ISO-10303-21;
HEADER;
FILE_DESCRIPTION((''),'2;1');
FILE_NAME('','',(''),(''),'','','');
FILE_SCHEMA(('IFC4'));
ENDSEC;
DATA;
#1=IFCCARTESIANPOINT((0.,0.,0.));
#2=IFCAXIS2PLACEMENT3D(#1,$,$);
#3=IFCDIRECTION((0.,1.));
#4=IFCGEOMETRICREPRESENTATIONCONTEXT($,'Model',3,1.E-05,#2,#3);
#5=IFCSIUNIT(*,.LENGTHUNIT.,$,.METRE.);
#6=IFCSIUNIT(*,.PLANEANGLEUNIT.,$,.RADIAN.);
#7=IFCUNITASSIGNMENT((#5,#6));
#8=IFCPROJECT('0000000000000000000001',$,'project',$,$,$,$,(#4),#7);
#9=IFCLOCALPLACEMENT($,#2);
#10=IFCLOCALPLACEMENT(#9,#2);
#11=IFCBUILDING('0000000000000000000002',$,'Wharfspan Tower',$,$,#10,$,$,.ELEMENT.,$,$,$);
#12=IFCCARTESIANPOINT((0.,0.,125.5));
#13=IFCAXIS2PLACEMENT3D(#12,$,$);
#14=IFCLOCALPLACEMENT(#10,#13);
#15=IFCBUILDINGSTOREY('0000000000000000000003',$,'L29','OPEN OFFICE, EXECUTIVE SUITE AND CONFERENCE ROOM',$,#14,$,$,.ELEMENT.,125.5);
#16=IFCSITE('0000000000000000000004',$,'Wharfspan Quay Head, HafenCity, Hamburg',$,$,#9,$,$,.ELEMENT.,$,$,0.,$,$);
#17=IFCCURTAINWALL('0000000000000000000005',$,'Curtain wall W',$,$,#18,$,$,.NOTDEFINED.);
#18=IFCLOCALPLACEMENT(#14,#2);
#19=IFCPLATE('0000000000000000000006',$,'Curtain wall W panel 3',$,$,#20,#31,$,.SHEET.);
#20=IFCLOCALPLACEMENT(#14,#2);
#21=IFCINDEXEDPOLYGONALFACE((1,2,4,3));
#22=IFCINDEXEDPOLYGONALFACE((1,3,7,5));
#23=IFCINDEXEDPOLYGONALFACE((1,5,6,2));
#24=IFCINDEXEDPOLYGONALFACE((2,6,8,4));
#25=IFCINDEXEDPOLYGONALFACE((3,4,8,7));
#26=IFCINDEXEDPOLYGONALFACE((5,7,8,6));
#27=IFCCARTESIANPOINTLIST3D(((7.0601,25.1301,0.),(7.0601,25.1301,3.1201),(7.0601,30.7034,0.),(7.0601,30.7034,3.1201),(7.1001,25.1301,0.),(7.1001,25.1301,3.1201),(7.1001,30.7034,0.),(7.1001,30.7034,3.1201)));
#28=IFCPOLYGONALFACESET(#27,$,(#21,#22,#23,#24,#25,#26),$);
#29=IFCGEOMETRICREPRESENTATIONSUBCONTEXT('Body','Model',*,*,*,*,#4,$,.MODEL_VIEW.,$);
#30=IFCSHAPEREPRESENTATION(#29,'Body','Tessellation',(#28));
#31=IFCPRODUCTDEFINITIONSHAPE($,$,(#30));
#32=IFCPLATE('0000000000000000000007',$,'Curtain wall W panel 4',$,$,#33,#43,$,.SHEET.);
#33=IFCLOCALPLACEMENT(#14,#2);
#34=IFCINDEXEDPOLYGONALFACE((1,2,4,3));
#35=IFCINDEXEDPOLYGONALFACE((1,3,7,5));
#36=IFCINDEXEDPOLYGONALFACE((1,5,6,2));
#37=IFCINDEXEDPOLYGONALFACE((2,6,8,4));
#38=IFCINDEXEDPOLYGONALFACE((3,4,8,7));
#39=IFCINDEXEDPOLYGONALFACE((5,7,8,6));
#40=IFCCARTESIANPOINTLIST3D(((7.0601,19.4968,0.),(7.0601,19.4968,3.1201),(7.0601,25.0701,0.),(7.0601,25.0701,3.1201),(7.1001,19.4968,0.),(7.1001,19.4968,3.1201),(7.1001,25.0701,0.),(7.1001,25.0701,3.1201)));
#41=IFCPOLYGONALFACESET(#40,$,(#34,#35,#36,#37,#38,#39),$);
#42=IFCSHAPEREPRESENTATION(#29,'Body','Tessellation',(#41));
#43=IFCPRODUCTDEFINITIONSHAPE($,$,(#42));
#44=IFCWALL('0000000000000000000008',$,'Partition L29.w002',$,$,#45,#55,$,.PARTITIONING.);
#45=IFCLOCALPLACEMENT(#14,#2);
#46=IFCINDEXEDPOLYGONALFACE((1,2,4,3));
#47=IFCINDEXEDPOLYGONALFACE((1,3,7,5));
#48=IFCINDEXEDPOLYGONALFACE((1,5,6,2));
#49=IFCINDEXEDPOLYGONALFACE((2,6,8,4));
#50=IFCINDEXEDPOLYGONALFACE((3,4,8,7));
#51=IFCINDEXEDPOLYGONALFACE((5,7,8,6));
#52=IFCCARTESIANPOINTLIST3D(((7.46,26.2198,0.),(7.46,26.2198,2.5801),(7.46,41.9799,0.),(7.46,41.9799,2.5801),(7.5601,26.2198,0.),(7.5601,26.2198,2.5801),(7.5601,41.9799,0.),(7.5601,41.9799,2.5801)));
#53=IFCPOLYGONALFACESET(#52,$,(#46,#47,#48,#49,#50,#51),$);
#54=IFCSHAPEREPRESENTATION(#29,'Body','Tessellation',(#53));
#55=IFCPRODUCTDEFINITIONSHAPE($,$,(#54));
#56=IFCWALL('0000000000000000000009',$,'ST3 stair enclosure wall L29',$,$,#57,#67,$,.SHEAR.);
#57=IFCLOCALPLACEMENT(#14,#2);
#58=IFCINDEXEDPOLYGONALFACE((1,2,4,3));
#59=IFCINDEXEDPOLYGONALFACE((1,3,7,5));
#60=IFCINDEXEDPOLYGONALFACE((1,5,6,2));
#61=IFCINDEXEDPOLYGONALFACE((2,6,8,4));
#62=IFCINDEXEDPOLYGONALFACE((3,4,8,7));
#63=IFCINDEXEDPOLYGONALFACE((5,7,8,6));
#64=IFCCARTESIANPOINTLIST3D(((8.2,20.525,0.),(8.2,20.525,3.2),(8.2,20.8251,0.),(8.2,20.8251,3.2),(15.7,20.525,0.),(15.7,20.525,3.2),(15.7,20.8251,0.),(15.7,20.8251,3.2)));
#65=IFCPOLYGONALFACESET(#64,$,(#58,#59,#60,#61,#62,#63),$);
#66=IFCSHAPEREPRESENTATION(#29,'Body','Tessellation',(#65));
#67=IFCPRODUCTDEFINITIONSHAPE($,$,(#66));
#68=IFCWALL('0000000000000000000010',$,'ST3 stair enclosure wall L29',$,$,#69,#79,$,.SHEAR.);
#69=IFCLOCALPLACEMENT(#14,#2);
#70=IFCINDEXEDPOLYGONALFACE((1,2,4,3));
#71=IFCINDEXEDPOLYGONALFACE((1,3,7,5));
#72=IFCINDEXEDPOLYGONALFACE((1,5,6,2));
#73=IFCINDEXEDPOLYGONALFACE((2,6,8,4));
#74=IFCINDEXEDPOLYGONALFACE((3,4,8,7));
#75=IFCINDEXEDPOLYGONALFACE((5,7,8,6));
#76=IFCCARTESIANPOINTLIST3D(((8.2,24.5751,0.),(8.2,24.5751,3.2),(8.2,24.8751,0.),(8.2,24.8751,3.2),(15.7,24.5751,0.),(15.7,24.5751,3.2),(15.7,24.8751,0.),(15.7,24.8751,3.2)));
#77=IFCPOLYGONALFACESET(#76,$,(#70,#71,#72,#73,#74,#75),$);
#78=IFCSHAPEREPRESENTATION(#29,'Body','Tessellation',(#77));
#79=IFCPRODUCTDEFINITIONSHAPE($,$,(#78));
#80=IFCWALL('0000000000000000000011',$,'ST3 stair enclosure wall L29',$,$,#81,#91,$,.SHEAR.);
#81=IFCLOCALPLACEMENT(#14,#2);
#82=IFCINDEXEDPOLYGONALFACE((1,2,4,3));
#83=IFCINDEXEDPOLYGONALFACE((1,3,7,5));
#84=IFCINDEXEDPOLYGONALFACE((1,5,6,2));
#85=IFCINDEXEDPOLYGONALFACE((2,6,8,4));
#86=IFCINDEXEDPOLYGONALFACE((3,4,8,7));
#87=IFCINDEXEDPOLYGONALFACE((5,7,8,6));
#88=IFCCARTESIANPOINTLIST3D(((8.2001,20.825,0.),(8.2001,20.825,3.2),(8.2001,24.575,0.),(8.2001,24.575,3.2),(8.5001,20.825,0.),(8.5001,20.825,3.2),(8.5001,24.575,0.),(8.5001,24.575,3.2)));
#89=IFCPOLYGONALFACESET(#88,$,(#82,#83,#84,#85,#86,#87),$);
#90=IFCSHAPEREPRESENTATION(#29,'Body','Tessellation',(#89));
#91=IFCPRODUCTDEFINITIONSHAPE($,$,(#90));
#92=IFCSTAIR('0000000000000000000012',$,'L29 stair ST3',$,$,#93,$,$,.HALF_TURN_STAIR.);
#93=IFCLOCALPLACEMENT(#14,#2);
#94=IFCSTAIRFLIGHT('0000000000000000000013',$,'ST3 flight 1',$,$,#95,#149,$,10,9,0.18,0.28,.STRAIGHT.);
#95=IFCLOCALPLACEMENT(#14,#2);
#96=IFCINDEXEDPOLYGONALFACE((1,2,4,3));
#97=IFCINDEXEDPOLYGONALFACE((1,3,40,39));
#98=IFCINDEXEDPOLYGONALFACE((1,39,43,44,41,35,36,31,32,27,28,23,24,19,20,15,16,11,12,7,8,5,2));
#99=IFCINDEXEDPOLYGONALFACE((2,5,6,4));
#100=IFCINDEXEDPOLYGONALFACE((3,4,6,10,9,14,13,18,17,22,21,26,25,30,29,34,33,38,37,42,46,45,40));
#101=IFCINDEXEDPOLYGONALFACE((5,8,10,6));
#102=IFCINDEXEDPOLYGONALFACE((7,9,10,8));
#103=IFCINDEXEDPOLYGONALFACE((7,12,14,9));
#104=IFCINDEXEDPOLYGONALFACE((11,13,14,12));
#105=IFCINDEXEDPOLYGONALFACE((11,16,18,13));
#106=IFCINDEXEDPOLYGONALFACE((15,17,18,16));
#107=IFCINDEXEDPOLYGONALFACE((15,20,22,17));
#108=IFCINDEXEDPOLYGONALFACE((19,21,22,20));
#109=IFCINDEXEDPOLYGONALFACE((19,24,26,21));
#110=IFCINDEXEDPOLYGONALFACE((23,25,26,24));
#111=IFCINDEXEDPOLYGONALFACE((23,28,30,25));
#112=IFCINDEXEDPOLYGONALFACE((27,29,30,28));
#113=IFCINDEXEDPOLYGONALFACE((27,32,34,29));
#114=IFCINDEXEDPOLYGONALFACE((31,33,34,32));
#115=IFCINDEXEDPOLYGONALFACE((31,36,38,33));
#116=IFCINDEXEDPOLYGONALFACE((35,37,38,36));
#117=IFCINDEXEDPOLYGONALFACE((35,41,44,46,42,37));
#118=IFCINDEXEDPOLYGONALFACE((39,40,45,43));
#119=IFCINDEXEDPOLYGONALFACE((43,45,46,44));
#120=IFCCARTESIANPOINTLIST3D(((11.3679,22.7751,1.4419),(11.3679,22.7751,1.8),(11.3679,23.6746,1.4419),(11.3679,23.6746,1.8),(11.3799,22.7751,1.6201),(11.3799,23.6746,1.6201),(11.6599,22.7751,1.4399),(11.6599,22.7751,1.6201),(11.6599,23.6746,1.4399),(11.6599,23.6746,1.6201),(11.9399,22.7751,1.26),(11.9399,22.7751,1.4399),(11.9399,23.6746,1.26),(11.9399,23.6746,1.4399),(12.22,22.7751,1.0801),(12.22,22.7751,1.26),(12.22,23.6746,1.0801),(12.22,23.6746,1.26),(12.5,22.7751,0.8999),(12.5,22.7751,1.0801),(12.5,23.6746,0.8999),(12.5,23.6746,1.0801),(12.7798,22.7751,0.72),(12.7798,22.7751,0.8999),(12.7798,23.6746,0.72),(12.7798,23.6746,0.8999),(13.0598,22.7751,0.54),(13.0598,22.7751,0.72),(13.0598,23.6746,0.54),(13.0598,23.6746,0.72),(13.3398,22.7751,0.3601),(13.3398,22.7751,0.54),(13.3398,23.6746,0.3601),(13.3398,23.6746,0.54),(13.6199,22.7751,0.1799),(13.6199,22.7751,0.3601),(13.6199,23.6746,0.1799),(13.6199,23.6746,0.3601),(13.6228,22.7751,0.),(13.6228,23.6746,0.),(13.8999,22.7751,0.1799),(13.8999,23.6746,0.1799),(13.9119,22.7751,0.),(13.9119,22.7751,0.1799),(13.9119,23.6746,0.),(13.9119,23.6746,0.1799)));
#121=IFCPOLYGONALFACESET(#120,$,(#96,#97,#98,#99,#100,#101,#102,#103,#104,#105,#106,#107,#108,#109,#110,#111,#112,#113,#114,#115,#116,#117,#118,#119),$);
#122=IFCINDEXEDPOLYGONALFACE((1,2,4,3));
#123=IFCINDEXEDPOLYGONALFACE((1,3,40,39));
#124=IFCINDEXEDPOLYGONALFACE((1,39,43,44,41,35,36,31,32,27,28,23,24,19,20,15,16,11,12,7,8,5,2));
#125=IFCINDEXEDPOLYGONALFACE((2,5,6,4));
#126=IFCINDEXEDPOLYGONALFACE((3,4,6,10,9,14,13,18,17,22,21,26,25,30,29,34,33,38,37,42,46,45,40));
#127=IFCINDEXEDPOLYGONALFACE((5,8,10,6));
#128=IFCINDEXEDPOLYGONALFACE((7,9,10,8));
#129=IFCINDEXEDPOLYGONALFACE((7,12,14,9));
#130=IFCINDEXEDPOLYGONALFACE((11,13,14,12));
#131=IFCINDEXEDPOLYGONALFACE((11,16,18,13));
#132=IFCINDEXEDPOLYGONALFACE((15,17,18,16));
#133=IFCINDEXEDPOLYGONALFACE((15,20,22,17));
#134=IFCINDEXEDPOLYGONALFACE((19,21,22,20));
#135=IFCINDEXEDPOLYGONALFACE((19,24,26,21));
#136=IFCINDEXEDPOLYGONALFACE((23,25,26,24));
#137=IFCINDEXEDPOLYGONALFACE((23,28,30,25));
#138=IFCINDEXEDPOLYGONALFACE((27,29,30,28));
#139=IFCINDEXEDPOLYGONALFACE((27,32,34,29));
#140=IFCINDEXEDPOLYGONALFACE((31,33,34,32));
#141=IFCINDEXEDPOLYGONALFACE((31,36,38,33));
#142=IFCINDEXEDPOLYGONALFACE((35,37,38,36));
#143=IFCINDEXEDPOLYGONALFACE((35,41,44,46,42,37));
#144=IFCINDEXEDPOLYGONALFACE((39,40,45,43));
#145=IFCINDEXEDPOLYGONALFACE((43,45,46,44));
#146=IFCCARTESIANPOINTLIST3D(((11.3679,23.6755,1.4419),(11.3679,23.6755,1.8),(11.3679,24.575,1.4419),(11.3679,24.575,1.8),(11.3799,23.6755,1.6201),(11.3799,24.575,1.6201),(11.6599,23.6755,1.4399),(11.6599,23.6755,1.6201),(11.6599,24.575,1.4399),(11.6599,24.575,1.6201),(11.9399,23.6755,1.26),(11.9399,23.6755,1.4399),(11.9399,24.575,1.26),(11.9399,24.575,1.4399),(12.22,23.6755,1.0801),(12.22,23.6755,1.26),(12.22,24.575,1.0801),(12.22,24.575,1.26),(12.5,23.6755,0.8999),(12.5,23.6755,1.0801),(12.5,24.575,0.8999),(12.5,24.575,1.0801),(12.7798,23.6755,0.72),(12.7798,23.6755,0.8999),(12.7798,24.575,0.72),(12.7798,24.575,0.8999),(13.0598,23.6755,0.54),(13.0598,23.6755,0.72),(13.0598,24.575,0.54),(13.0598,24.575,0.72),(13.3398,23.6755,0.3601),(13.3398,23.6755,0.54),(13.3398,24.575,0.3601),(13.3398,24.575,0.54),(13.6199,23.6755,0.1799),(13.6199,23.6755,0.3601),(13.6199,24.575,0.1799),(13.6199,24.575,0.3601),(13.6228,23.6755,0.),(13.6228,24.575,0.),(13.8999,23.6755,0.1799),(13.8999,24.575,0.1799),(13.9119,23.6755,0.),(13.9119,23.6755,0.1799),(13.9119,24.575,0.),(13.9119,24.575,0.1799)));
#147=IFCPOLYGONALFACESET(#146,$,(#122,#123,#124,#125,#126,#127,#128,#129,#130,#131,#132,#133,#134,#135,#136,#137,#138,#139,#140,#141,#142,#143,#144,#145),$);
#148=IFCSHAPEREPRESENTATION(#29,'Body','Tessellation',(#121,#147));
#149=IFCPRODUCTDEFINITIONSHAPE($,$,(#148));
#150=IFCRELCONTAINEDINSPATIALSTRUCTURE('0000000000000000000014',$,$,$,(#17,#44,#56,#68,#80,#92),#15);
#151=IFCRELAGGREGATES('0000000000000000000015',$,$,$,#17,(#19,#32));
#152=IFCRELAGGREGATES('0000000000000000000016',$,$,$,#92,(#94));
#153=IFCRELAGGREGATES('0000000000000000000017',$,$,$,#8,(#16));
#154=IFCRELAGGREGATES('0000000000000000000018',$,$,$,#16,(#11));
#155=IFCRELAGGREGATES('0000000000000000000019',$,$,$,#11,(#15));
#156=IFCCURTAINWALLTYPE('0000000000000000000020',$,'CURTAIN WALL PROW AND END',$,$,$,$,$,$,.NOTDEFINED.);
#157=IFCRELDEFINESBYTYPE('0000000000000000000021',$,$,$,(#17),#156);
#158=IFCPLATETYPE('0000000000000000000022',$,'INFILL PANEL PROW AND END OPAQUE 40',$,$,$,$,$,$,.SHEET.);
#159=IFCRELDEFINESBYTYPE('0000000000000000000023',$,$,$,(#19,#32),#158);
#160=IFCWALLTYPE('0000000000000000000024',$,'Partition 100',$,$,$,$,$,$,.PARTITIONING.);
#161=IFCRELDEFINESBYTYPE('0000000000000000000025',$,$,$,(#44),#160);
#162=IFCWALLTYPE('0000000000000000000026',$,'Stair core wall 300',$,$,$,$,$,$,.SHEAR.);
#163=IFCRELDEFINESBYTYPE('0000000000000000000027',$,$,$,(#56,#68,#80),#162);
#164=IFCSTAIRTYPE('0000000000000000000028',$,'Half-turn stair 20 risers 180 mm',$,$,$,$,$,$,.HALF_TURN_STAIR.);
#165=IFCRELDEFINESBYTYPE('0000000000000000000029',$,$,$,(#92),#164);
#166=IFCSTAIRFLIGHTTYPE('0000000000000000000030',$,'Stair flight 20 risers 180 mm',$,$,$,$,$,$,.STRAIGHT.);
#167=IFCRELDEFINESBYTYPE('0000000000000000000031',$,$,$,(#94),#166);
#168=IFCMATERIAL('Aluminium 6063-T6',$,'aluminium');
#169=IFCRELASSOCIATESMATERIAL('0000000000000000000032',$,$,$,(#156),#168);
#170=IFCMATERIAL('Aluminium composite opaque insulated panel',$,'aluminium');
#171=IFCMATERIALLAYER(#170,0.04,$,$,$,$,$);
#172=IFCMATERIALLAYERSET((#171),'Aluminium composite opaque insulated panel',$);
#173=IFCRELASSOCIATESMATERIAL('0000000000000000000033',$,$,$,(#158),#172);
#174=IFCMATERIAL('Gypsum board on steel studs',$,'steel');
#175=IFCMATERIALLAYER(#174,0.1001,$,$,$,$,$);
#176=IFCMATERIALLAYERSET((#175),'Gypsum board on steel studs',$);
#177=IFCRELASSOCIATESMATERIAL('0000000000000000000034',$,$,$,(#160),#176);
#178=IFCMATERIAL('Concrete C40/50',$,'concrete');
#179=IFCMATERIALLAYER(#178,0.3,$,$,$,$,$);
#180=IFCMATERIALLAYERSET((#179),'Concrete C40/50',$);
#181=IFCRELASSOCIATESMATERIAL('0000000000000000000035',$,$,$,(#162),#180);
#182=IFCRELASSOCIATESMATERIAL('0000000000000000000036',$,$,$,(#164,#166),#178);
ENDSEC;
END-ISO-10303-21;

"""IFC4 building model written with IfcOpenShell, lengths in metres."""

from ifc_helpers import new_model, si_unit, direction, frame, frame_2d, origin, origin_2d, place, context, subcontext, project, spatial, polyline, rectangle, outline, extrude, material, layer, layer_set, type_object, element, aggregate, save


model = new_model("IFC4")

# Units and contexts
model_context = context("Model", 3, precision=1e-05, world=origin(), true_north=direction((0.0, 1.0)))
body_context = subcontext(model_context, "Body", "Model", "MODEL_VIEW")
ifc_project = project(units=[si_unit("LENGTHUNIT", "METRE"), si_unit("PLANEANGLEUNIT", "RADIAN")], contexts=[model_context])

# Site, building, storey
site_placement = place(None, origin())
site = spatial("IfcSite", under=ifc_project, at=site_placement, Name="Wharfspan Quay Head, HafenCity, Hamburg", CompositionType="ELEMENT", RefElevation=0.0)
building_placement = place(site_placement, origin())
building = spatial("IfcBuilding", under=site, at=building_placement, Name="Wharfspan Tower", CompositionType="ELEMENT")
storey_placement = place(building_placement, frame((0.0, 0.0, 125.5)))
storey = spatial("IfcBuildingStorey", under=building, at=storey_placement, Name="L29", Description="OPEN OFFICE, EXECUTIVE SUITE AND CONFERENCE ROOM", CompositionType="ELEMENT", Elevation=125.5)

# Curtain wall
ifc_material_1 = material(Name="Aluminium 6063-T6", Category="aluminium")
curtain_wall_type = type_object("IfcCurtainWallType", Name="CURTAIN WALL PROW AND END", PredefinedType="NOTDEFINED", material=ifc_material_1)
curtain_wall_placement = place(storey_placement, origin())
curtain_wall = element("IfcCurtainWall", 1, at=curtain_wall_placement, inside=storey, type_object=curtain_wall_type, Name="Curtain wall W", PredefinedType="NOTDEFINED")

# Plates
ifc_material_2 = material(Name="Aluminium composite opaque insulated panel", Category="aluminium")
ifc_layer_1 = layer(ifc_material_2, 0.04)
ifc_layer_set_1 = layer_set([ifc_layer_1], Name="Aluminium composite opaque insulated panel")
plate_type = type_object("IfcPlateType", Name="INFILL PANEL PROW AND END OPAQUE 40", PredefinedType="SHEET", material=ifc_layer_set_1)
plate_1_placement = place(storey_placement, frame((7.0801, 27.9167, 0.0), z_axis=(0.0, 0.0, 1.0), x_axis=(0.0, -1.0, 0.0)))
plate_1 = element("IfcPlate", 2, at=plate_1_placement, type_object=plate_type, Name="Curtain wall W panel 3", PredefinedType="SHEET", context=body_context, shape_type="SweptSolid", body=[
    extrude(rectangle(XDim=5.5732, YDim=0.04, at=origin_2d()), origin(), (0.0, 0.0, 1.0), 3.1201),
])
plate_2_placement = place(storey_placement, frame((7.0801, 22.2834, 0.0), z_axis=(0.0, 0.0, 1.0), x_axis=(0.0, -1.0, 0.0)))
plate_2 = element("IfcPlate", 3, at=plate_2_placement, type_object=plate_type, Name="Curtain wall W panel 4", PredefinedType="SHEET", context=body_context, shape_type="SweptSolid", body=[
    extrude(rectangle(XDim=5.5732, YDim=0.04, at=origin_2d()), origin(), (0.0, 0.0, 1.0), 3.1201),
])
aggregate(curtain_wall, [plate_1, plate_2])

# Walls
ifc_material_3 = material(Name="Gypsum board on steel studs", Category="steel")
ifc_layer_2 = layer(ifc_material_3, 0.1001)
ifc_layer_set_2 = layer_set([ifc_layer_2], Name="Gypsum board on steel studs")
wall_type_1 = type_object("IfcWallType", Name="Partition 100", PredefinedType="PARTITIONING", material=ifc_layer_set_2)
wall_1_placement = place(storey_placement, frame((7.51, 26.22, 0.0), z_axis=(0.0, 0.0, 1.0), x_axis=(0.0, 1.0, 0.0)))
element("IfcWall", 4, at=wall_1_placement, inside=storey, type_object=wall_type_1, Name="Partition L29.w002", PredefinedType="PARTITIONING", context=body_context, shape_type="SweptSolid", body=[
    extrude(rectangle(XDim=15.76, YDim=0.1001, at=frame_2d((7.8799, 0.0))), origin(), (0.0, 0.0, 1.0), 2.5801),
])
ifc_material_4 = material(Name="Concrete C40/50", Category="concrete")
ifc_layer_3 = layer(ifc_material_4, 0.3)
ifc_layer_set_3 = layer_set([ifc_layer_3], Name="Concrete C40/50")
wall_type_2 = type_object("IfcWallType", Name="Stair core wall 300", PredefinedType="SHEAR", material=ifc_layer_set_3)
for number, where, z_axis, x_axis, name in (
    (5, (8.2, 20.675, 0.0), (0.0, 0.0, 1.0), (1.0, 0.0, 0.0), "ST3 stair enclosure wall L29"),
    (6, (8.2, 24.7251, 0.0), (0.0, 0.0, 1.0), (1.0, 0.0, 0.0), "ST3 stair enclosure wall L29"),
):
    element("IfcWall", number, at=place(storey_placement, frame(where, z_axis=z_axis, x_axis=x_axis)), inside=storey, type_object=wall_type_2, Name=name, PredefinedType="SHEAR", context=body_context, shape_type="SweptSolid", body=[
        extrude(rectangle(XDim=7.5, YDim=0.3, at=frame_2d((3.75, 0.0))), origin(), (0.0, 0.0, 1.0), 3.2),
    ])
wall_2_placement = place(storey_placement, frame((8.3501, 20.825, 0.0), z_axis=(0.0, 0.0, 1.0), x_axis=(0.0, 1.0, 0.0)))
element("IfcWall", 7, at=wall_2_placement, inside=storey, type_object=wall_type_2, Name="ST3 stair enclosure wall L29", PredefinedType="SHEAR", context=body_context, shape_type="SweptSolid", body=[
    extrude(rectangle(XDim=3.75, YDim=0.3, at=frame_2d((1.875, 0.0))), origin(), (0.0, 0.0, 1.0), 3.2),
])

# Stair, stair flight
stair_type = type_object("IfcStairType", Name="Half-turn stair 20 risers 180 mm", PredefinedType="HALF_TURN_STAIR", material=ifc_material_4)
stair_placement = place(storey_placement, origin())
stair = element("IfcStair", 8, at=stair_placement, inside=storey, type_object=stair_type, Name="L29 stair ST3", PredefinedType="HALF_TURN_STAIR")
stair_flight_type = type_object("IfcStairFlightType", Name="Stair flight 20 risers 180 mm", PredefinedType="STRAIGHT", material=ifc_material_4)
stair_flight_1_placement = place(storey_placement, frame((13.8999, 23.675, 0.0), z_axis=(0.0, 0.0, 1.0), x_axis=(-1.0, 0.0, 0.0)))
stair_flight_1 = element("IfcStairFlight", 9, at=stair_flight_1_placement, type_object=stair_flight_type, Name="ST3 flight 1", NumberOfRisers=10, NumberOfTreads=9, PredefinedType="STRAIGHT", RiserHeight=0.18, TreadLength=0.28, context=body_context, shape_type="SweptSolid", body=[
    extrude(outline(polyline([(-0.012, 0.0), (-0.012, 0.1799), (0.0, 0.1799), (0.28, 0.1799), (0.28, 0.3601), (0.5601, 0.3601), (0.5601, 0.54), (0.8401, 0.54), (0.8401, 0.72), (1.1201, 0.72), (1.1201, 0.8999), (1.3999, 0.8999), (1.3999, 1.0801), (1.6799, 1.0801), (1.6799, 1.26), (1.96, 1.26), (1.96, 1.4399), (2.24, 1.4399), (2.24, 1.6201), (2.52, 1.6201), (2.532, 1.8), (2.532, 1.4419), (0.2771, 0.0), (-0.012, 0.0)])), frame((0.0, 0.8999, 0.0), z_axis=(0.0, -1.0, 0.0), x_axis=(1.0, 0.0, 0.0)), (0.0, 0.0, 1.0), 0.8994),
    extrude(outline(polyline([(-0.012, 0.0), (-0.012, 0.1799), (0.0, 0.1799), (0.28, 0.1799), (0.28, 0.3601), (0.5601, 0.3601), (0.5601, 0.54), (0.8401, 0.54), (0.8401, 0.72), (1.1201, 0.72), (1.1201, 0.8999), (1.3999, 0.8999), (1.3999, 1.0801), (1.6799, 1.0801), (1.6799, 1.26), (1.96, 1.26), (1.96, 1.4399), (2.24, 1.4399), (2.24, 1.6201), (2.52, 1.6201), (2.532, 1.8), (2.532, 1.4419), (0.2771, 0.0), (-0.012, 0.0)])), frame((0.0, -0.0005, 0.0), z_axis=(0.0, -1.0, 0.0), x_axis=(1.0, 0.0, 0.0)), (0.0, 0.0, 1.0), 0.8994),
])
aggregate(stair, [stair_flight_1])

save(model, "model.ifc")
